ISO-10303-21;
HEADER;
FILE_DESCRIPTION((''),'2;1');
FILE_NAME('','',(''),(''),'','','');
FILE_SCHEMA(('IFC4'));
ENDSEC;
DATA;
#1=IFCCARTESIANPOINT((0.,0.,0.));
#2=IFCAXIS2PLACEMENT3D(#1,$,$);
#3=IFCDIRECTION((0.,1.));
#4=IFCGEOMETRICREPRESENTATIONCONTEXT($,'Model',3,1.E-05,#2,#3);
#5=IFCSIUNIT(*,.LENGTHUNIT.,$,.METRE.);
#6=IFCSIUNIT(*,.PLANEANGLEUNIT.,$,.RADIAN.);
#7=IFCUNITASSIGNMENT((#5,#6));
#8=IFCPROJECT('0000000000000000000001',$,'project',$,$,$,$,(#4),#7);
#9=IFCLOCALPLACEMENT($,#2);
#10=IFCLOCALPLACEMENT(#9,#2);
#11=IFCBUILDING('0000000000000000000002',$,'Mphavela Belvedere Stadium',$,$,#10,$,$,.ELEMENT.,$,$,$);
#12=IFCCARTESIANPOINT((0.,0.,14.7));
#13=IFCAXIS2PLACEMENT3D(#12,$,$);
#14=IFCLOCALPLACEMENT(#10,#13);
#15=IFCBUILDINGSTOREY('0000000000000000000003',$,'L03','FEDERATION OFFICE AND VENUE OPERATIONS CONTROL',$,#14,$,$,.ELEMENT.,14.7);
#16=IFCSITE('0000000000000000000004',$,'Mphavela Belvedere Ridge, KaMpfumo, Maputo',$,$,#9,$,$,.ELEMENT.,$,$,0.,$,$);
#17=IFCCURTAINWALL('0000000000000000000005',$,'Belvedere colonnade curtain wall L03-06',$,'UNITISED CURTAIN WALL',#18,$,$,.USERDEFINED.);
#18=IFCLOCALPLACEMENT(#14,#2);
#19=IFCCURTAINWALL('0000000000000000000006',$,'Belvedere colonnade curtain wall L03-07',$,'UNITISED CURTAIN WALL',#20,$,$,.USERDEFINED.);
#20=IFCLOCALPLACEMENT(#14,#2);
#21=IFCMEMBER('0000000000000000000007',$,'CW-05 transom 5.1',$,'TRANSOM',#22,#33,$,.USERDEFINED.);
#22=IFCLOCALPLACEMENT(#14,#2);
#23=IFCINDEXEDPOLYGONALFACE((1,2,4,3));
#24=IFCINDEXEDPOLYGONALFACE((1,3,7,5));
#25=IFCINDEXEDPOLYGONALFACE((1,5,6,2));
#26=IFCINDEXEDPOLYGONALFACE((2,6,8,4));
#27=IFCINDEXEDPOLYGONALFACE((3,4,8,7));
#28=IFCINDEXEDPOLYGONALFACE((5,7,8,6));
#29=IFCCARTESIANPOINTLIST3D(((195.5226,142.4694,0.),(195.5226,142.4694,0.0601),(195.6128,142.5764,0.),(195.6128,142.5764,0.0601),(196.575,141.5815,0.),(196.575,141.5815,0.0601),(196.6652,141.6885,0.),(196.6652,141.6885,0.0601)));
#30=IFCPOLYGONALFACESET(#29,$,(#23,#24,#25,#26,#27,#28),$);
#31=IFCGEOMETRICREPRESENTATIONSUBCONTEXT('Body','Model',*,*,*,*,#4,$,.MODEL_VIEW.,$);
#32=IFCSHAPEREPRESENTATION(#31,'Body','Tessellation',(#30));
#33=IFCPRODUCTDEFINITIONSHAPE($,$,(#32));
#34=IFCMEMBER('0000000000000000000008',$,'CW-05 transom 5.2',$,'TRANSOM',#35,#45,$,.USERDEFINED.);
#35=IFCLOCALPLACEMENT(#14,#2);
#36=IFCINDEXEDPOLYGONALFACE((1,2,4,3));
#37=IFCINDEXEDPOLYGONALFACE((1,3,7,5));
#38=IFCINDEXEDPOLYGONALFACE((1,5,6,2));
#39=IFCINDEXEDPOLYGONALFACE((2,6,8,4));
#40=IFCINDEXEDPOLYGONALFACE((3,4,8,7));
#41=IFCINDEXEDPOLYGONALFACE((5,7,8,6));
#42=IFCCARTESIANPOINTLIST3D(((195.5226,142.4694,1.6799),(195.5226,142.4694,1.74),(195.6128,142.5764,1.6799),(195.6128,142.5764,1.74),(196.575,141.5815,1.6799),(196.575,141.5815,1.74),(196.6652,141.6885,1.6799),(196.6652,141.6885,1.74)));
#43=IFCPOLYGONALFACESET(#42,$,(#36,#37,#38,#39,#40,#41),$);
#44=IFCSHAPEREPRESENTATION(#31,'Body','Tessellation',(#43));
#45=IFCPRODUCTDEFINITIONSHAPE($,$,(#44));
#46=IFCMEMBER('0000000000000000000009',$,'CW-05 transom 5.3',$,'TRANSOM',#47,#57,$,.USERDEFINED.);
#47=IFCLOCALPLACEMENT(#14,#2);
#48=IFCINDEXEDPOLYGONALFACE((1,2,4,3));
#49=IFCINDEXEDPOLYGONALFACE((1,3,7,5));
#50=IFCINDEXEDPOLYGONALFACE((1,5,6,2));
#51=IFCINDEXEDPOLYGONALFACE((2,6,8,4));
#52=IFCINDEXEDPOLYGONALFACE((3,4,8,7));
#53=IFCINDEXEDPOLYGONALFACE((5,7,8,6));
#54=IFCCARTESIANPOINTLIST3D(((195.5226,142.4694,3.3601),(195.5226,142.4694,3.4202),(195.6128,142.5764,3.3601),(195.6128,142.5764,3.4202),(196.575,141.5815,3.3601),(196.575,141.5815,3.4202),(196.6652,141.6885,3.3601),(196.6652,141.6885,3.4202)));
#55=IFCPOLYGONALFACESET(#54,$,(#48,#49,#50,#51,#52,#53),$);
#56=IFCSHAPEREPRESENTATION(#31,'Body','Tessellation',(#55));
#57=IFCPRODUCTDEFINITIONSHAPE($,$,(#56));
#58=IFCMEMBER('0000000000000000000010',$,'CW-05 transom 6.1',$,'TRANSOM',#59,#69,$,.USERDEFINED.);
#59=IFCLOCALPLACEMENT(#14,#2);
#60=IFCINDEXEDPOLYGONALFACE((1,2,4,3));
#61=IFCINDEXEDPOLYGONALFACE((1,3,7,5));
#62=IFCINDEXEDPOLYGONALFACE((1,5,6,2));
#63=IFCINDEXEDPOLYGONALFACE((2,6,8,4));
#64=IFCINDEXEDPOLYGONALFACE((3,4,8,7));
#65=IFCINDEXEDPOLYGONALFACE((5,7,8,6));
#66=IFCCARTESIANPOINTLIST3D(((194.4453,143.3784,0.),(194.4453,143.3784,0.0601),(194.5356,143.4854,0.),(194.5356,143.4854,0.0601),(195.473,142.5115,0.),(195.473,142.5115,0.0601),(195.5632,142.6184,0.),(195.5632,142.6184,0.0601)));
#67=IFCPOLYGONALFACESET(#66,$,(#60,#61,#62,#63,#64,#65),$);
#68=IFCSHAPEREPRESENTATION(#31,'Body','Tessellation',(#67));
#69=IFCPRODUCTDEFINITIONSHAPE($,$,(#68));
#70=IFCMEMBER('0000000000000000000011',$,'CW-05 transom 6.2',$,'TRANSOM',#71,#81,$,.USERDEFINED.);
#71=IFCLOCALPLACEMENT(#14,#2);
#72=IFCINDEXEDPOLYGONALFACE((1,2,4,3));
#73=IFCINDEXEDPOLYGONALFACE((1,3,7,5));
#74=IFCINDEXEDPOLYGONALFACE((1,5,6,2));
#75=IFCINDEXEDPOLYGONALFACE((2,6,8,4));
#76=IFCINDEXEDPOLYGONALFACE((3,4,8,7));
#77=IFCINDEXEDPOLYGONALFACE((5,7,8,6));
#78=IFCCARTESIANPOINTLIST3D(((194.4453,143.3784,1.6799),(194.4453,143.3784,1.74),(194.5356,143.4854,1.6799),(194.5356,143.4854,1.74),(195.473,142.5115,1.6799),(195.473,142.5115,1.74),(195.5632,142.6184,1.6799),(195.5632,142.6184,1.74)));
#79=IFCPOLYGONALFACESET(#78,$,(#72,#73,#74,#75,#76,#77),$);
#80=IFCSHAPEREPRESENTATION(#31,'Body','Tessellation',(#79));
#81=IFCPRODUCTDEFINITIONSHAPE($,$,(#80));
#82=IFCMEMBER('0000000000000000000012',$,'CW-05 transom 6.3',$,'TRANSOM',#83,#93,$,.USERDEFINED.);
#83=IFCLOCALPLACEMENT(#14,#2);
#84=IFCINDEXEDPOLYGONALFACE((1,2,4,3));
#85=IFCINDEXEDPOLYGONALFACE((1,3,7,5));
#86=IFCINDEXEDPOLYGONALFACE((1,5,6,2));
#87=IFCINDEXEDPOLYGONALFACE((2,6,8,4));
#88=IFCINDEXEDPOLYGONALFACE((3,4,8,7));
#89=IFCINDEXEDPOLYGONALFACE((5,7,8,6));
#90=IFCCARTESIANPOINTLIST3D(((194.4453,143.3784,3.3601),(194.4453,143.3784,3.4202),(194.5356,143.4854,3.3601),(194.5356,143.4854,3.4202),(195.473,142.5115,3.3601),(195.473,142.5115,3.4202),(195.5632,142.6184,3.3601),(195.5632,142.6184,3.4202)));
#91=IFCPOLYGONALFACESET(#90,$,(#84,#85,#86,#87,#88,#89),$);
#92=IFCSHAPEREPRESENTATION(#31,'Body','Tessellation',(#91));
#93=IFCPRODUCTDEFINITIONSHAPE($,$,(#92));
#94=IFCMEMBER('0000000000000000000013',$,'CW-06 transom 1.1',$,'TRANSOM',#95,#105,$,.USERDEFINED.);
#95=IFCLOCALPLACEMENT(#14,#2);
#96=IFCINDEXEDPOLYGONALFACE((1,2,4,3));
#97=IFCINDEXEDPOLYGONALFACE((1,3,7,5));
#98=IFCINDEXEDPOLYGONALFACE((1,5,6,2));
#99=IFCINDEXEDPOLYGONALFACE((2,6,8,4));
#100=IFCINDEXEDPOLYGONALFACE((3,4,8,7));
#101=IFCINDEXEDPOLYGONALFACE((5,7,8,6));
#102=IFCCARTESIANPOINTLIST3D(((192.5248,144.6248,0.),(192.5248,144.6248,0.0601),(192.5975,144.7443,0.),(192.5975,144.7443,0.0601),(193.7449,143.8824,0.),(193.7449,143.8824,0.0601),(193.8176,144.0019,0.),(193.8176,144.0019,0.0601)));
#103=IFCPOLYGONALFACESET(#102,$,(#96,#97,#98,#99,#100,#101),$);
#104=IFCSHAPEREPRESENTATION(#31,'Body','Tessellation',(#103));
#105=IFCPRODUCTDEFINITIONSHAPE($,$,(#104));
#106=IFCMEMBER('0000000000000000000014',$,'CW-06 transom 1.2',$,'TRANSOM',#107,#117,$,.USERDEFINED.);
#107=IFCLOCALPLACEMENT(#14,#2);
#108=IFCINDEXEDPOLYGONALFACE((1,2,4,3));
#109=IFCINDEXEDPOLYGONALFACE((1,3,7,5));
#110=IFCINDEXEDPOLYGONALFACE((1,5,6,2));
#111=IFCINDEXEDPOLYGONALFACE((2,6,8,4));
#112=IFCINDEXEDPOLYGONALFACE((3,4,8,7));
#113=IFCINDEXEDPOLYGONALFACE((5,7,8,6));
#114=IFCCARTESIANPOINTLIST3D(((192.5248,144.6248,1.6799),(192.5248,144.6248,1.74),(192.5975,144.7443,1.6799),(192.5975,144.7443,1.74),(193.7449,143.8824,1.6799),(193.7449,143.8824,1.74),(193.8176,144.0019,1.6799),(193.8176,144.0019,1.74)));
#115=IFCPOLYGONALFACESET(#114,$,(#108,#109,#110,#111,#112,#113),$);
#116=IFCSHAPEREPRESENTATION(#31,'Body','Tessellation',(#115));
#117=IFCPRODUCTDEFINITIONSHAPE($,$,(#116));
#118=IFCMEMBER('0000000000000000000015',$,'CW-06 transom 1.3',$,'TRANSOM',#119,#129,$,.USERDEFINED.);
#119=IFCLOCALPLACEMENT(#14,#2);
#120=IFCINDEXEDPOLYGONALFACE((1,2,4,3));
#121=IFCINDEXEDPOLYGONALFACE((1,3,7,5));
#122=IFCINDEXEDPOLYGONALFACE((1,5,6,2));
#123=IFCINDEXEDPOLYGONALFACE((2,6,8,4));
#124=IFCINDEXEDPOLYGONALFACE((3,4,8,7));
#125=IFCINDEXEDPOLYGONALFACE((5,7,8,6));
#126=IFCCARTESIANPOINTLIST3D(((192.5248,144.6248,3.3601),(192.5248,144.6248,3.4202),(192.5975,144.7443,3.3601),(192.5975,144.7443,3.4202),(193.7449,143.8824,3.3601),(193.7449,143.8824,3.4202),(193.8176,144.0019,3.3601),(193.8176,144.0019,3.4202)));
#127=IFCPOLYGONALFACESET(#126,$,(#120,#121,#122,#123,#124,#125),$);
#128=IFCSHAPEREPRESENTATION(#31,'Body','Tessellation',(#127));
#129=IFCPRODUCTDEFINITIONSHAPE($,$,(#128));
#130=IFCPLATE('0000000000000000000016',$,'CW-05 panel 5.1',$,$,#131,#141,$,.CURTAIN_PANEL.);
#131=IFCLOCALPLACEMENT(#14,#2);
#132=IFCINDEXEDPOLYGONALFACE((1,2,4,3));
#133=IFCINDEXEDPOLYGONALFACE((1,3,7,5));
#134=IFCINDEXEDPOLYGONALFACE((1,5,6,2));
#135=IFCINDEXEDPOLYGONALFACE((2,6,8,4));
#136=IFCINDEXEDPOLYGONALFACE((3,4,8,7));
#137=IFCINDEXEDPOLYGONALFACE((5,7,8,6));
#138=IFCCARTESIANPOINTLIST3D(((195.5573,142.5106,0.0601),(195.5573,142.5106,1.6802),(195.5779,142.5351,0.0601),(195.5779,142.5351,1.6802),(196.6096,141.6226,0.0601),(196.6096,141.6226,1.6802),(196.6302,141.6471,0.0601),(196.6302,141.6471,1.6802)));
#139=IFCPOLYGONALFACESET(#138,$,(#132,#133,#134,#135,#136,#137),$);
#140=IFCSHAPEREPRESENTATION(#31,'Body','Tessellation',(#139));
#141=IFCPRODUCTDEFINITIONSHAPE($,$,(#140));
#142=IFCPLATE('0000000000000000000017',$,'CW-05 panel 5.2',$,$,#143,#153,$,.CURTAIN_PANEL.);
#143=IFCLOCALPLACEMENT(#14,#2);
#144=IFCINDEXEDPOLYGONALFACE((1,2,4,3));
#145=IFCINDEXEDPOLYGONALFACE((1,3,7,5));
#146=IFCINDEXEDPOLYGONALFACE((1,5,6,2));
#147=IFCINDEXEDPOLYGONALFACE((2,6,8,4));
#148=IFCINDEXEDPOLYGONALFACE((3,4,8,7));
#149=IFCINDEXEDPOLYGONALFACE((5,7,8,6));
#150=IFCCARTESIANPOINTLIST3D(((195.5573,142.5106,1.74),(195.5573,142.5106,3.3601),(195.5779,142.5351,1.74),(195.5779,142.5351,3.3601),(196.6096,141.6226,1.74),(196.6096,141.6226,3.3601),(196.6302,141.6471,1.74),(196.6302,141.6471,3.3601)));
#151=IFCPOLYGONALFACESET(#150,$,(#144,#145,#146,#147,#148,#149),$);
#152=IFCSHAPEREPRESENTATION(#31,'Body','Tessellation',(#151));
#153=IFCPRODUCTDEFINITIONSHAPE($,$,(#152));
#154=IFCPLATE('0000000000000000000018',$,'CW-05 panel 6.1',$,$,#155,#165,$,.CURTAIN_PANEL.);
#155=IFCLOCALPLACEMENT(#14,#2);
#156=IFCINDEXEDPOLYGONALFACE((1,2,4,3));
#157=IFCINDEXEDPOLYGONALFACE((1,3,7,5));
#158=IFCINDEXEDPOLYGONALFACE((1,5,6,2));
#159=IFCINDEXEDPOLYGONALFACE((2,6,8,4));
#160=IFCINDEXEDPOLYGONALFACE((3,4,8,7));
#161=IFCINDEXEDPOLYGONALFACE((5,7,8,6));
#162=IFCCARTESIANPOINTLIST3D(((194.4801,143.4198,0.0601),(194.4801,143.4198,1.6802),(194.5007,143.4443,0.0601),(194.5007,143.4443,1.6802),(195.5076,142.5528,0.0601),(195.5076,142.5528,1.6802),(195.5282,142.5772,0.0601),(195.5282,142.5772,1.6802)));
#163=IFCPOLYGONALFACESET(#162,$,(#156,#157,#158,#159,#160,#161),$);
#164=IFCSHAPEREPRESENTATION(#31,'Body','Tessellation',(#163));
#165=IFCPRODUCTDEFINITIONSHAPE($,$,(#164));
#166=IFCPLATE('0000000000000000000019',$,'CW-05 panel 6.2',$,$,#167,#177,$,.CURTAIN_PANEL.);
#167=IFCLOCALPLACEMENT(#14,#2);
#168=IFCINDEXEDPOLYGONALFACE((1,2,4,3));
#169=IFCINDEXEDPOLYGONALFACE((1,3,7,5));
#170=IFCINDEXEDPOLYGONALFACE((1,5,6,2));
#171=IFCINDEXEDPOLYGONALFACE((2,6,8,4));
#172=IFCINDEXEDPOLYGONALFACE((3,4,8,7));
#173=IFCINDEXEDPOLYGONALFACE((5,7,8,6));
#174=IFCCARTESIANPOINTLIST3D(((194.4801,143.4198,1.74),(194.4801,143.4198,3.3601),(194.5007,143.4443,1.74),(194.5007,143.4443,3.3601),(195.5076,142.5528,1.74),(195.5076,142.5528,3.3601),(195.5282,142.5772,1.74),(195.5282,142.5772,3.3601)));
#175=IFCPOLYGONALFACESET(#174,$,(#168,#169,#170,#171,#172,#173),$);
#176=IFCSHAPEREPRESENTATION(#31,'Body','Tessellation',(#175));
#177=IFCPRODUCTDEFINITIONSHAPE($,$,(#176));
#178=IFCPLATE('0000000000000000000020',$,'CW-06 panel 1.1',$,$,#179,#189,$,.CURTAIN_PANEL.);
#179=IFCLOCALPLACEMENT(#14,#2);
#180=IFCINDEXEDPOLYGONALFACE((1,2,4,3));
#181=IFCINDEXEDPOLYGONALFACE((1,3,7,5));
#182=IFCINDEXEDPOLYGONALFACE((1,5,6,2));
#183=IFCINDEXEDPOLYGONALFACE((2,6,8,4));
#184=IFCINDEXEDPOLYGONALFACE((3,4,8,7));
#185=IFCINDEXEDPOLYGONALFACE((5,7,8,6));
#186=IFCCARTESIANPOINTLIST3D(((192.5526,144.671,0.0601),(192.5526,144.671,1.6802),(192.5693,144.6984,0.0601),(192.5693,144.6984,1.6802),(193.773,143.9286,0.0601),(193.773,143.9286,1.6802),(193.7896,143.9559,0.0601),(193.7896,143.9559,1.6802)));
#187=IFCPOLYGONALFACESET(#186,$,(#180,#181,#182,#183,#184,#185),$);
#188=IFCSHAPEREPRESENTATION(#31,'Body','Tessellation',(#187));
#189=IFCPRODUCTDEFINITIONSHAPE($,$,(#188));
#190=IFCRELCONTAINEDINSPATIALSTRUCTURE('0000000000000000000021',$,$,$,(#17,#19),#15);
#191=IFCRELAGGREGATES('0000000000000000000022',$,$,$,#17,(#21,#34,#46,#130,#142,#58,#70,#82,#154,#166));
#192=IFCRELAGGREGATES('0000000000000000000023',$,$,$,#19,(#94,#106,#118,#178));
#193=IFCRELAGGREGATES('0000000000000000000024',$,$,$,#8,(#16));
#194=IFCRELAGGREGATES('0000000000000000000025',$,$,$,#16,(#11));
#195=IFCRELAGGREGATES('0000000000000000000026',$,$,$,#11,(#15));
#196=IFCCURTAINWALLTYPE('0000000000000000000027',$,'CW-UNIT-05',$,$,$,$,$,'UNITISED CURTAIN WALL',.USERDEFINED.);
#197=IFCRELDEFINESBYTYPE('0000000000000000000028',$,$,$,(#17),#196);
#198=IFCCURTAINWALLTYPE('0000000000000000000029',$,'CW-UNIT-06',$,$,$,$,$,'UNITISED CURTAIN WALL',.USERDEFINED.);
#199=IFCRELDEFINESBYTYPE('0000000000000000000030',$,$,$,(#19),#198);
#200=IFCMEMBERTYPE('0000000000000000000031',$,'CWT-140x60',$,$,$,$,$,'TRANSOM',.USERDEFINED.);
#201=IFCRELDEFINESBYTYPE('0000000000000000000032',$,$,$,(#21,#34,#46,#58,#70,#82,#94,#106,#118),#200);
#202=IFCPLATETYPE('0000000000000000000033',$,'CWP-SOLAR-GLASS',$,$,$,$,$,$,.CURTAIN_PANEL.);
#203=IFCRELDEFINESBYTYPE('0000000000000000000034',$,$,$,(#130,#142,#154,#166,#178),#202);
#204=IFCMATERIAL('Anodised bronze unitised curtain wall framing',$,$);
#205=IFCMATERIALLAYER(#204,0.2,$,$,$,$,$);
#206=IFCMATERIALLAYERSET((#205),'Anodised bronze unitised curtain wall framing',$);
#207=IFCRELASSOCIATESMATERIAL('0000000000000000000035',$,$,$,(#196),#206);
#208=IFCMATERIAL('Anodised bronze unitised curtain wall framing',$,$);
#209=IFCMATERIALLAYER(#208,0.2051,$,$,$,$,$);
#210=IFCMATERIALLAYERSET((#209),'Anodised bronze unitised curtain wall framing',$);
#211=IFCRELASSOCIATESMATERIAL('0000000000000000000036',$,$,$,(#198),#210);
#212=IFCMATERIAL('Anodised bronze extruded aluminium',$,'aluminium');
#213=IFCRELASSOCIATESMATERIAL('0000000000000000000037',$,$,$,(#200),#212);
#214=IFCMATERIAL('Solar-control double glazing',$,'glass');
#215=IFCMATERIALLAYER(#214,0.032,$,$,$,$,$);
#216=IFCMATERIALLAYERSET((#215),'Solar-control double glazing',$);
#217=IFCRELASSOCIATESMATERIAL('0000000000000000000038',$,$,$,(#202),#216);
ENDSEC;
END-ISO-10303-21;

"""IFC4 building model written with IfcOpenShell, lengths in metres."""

from ifc_helpers import new_model, si_unit, direction, frame, origin, origin_2d, place, context, subcontext, project, spatial, rectangle, extrude, material, layer, layer_set, material_profile, profile_set, type_object, element, aggregate, save


model = new_model("IFC4")

# Units and contexts
model_context = context("Model", 3, precision=1e-05, world=origin(), true_north=direction((0.0, 1.0)))
body_context = subcontext(model_context, "Body", "Model", "MODEL_VIEW")
ifc_project = project(units=[si_unit("LENGTHUNIT", "METRE"), si_unit("PLANEANGLEUNIT", "RADIAN")], contexts=[model_context])

# Site, building, storey
site_placement = place(None, origin())
site = spatial("IfcSite", under=ifc_project, at=site_placement, Name="Mphavela Belvedere Ridge, KaMpfumo, Maputo", CompositionType="ELEMENT", RefElevation=0.0)
building_placement = place(site_placement, origin())
building = spatial("IfcBuilding", under=site, at=building_placement, Name="Mphavela Belvedere Stadium", CompositionType="ELEMENT")
storey_placement = place(building_placement, frame((0.0, 0.0, 14.7)))
storey = spatial("IfcBuildingStorey", under=building, at=storey_placement, Name="L03", Description="FEDERATION OFFICE AND VENUE OPERATIONS CONTROL", CompositionType="ELEMENT", Elevation=14.7)

# Curtain walls
ifc_material_1 = material(Name="Anodised bronze unitised curtain wall framing")
ifc_layer_1 = layer(ifc_material_1, 0.2)
ifc_layer_set_1 = layer_set([ifc_layer_1], Name="Anodised bronze unitised curtain wall framing")
curtain_wall_type_1 = type_object("IfcCurtainWallType", Name="CW-UNIT-05", ElementType="UNITISED CURTAIN WALL", PredefinedType="USERDEFINED", material=ifc_layer_set_1)
curtain_wall_1_placement = place(storey_placement, origin())
curtain_wall_1 = element("IfcCurtainWall", 1, at=curtain_wall_1_placement, inside=storey, type_object=curtain_wall_type_1, Name="Belvedere colonnade curtain wall L03-06", ObjectType="UNITISED CURTAIN WALL", PredefinedType="USERDEFINED")
ifc_material_2 = material(Name="Anodised bronze unitised curtain wall framing")
ifc_layer_2 = layer(ifc_material_2, 0.2051)
ifc_layer_set_2 = layer_set([ifc_layer_2], Name="Anodised bronze unitised curtain wall framing")
curtain_wall_type_2 = type_object("IfcCurtainWallType", Name="CW-UNIT-06", ElementType="UNITISED CURTAIN WALL", PredefinedType="USERDEFINED", material=ifc_layer_set_2)
curtain_wall_2_placement = place(storey_placement, origin())
curtain_wall_2 = element("IfcCurtainWall", 2, at=curtain_wall_2_placement, inside=storey, type_object=curtain_wall_type_2, Name="Belvedere colonnade curtain wall L03-07", ObjectType="UNITISED CURTAIN WALL", PredefinedType="USERDEFINED")

# Members
ifc_material_3 = material(Name="Anodised bronze extruded aluminium", Category="aluminium")
ifc_material_profile_1 = material_profile(ifc_material_3, rectangle(XDim=0.1399, YDim=0.0601, at=origin_2d()), Name="CW-TRN 140x60")
ifc_profile_set_1 = profile_set([ifc_material_profile_1], Name="Anodised bronze extruded aluminium")
member_type_1 = type_object("IfcMemberType", Name="CWT-140x60", ElementType="TRANSOM", PredefinedType="USERDEFINED", material=ifc_profile_set_1)
member_1_placement = place(storey_placement, frame((196.6201, 141.635, 0.03), z_axis=(-0.764327, 0.644829, 0.0), x_axis=(-0.644829, -0.764327, 0.0)))
member_1 = element("IfcMember", 3, at=member_1_placement, type_object=member_type_1, Name="CW-05 transom 5.1", ObjectType="TRANSOM", PredefinedType="USERDEFINED", context=body_context, shape_type="SweptSolid", body=[
    extrude(rectangle(XDim=0.1399, YDim=0.0601, at=origin_2d()), origin(), (0.0, 0.0, 1.0), 1.377),
])
member_2_placement = place(storey_placement, frame((196.6201, 141.635, 1.71), z_axis=(-0.764327, 0.644829, 0.0), x_axis=(-0.644829, -0.764327, 0.0)))
member_2 = element("IfcMember", 4, at=member_2_placement, type_object=member_type_1, Name="CW-05 transom 5.2", ObjectType="TRANSOM", PredefinedType="USERDEFINED", context=body_context, shape_type="SweptSolid", body=[
    extrude(rectangle(XDim=0.1399, YDim=0.0601, at=origin_2d()), origin(), (0.0, 0.0, 1.0), 1.377),
])
member_3_placement = place(storey_placement, frame((196.6201, 141.635, 3.3901), z_axis=(-0.764327, 0.644829, 0.0), x_axis=(-0.644829, -0.764327, 0.0)))
member_3 = element("IfcMember", 5, at=member_3_placement, type_object=member_type_1, Name="CW-05 transom 5.3", ObjectType="TRANSOM", PredefinedType="USERDEFINED", context=body_context, shape_type="SweptSolid", body=[
    extrude(rectangle(XDim=0.1399, YDim=0.0601, at=origin_2d()), origin(), (0.0, 0.0, 1.0), 1.377),
])
member_4_placement = place(storey_placement, frame((195.5181, 142.5649, 0.03), z_axis=(-0.764322, 0.644834, 0.0), x_axis=(-0.644834, -0.764322, 0.0)))
member_4 = element("IfcMember", 6, at=member_4_placement, type_object=member_type_1, Name="CW-05 transom 6.1", ObjectType="TRANSOM", PredefinedType="USERDEFINED", context=body_context, shape_type="SweptSolid", body=[
    extrude(rectangle(XDim=0.1399, YDim=0.0601, at=origin_2d()), origin(), (0.0, 0.0, 1.0), 1.3445),
])
member_5_placement = place(storey_placement, frame((195.5181, 142.5649, 1.71), z_axis=(-0.764322, 0.644834, 0.0), x_axis=(-0.644834, -0.764322, 0.0)))
member_5 = element("IfcMember", 7, at=member_5_placement, type_object=member_type_1, Name="CW-05 transom 6.2", ObjectType="TRANSOM", PredefinedType="USERDEFINED", context=body_context, shape_type="SweptSolid", body=[
    extrude(rectangle(XDim=0.1399, YDim=0.0601, at=origin_2d()), origin(), (0.0, 0.0, 1.0), 1.3445),
])
member_6_placement = place(storey_placement, frame((195.5181, 142.5649, 3.3901), z_axis=(-0.764322, 0.644834, 0.0), x_axis=(-0.644834, -0.764322, 0.0)))
member_6 = element("IfcMember", 8, at=member_6_placement, type_object=member_type_1, Name="CW-05 transom 6.3", ObjectType="TRANSOM", PredefinedType="USERDEFINED", context=body_context, shape_type="SweptSolid", body=[
    extrude(rectangle(XDim=0.1399, YDim=0.0601, at=origin_2d()), origin(), (0.0, 0.0, 1.0), 1.3445),
])
member_7_placement = place(storey_placement, frame((193.7812, 143.9421, 0.03), z_axis=(-0.854294, 0.51979, 0.0), x_axis=(-0.51979, -0.854294, 0.0)))
member_7 = element("IfcMember", 9, at=member_7_placement, type_object=member_type_1, Name="CW-06 transom 1.1", ObjectType="TRANSOM", PredefinedType="USERDEFINED", context=body_context, shape_type="SweptSolid", body=[
    extrude(rectangle(XDim=0.1399, YDim=0.0601, at=origin_2d()), origin(), (0.0, 0.0, 1.0), 1.4282),
])
member_8_placement = place(storey_placement, frame((193.7812, 143.9421, 1.71), z_axis=(-0.854294, 0.51979, 0.0), x_axis=(-0.51979, -0.854294, 0.0)))
member_8 = element("IfcMember", 10, at=member_8_placement, type_object=member_type_1, Name="CW-06 transom 1.2", ObjectType="TRANSOM", PredefinedType="USERDEFINED", context=body_context, shape_type="SweptSolid", body=[
    extrude(rectangle(XDim=0.1399, YDim=0.0601, at=origin_2d()), origin(), (0.0, 0.0, 1.0), 1.4282),
])
member_9_placement = place(storey_placement, frame((193.7812, 143.9421, 3.3901), z_axis=(-0.854294, 0.51979, 0.0), x_axis=(-0.51979, -0.854294, 0.0)))
member_9 = element("IfcMember", 11, at=member_9_placement, type_object=member_type_1, Name="CW-06 transom 1.3", ObjectType="TRANSOM", PredefinedType="USERDEFINED", context=body_context, shape_type="SweptSolid", body=[
    extrude(rectangle(XDim=0.1399, YDim=0.0601, at=origin_2d()), origin(), (0.0, 0.0, 1.0), 1.4282),
])

# Plates
ifc_material_4 = material(Name="Solar-control double glazing", Category="glass")
ifc_layer_3 = layer(ifc_material_4, 0.032)
ifc_layer_set_3 = layer_set([ifc_layer_3], Name="Solar-control double glazing")
plate_type = type_object("IfcPlateType", Name="CWP-SOLAR-GLASS", PredefinedType="CURTAIN_PANEL", material=ifc_layer_set_3)
plate_1_placement = place(storey_placement, frame((196.0938, 142.0789, 0.0601), z_axis=(0.0, 0.0, 1.0), x_axis=(-0.764263, 0.644905, 0.0)))
plate_1 = element("IfcPlate", 12, at=plate_1_placement, type_object=plate_type, Name="CW-05 panel 5.1", PredefinedType="CURTAIN_PANEL", context=body_context, shape_type="SweptSolid", body=[
    extrude(rectangle(XDim=1.377, YDim=0.032, at=origin_2d()), origin(), (0.0, 0.0, 1.0), 1.6201),
])
plate_2_placement = place(storey_placement, frame((196.0938, 142.0789, 1.74), z_axis=(0.0, 0.0, 1.0), x_axis=(-0.764263, 0.644905, 0.0)))
plate_2 = element("IfcPlate", 13, at=plate_2_placement, type_object=plate_type, Name="CW-05 panel 5.2", PredefinedType="CURTAIN_PANEL", context=body_context, shape_type="SweptSolid", body=[
    extrude(rectangle(XDim=1.377, YDim=0.032, at=origin_2d()), origin(), (0.0, 0.0, 1.0), 1.6201),
])
plate_3_placement = place(storey_placement, frame((195.0042, 142.9985, 0.0601), z_axis=(0.0, 0.0, 1.0), x_axis=(-0.764263, 0.644905, 0.0)))
plate_3 = element("IfcPlate", 14, at=plate_3_placement, type_object=plate_type, Name="CW-05 panel 6.1", PredefinedType="CURTAIN_PANEL", context=body_context, shape_type="SweptSolid", body=[
    extrude(rectangle(XDim=1.3445, YDim=0.032, at=origin_2d()), origin(), (0.0, 0.0, 1.0), 1.6201),
])
plate_4_placement = place(storey_placement, frame((195.0042, 142.9985, 1.74), z_axis=(0.0, 0.0, 1.0), x_axis=(-0.764263, 0.644905, 0.0)))
plate_4 = element("IfcPlate", 15, at=plate_4_placement, type_object=plate_type, Name="CW-05 panel 6.2", PredefinedType="CURTAIN_PANEL", context=body_context, shape_type="SweptSolid", body=[
    extrude(rectangle(XDim=1.3445, YDim=0.032, at=origin_2d()), origin(), (0.0, 0.0, 1.0), 1.6201),
])
aggregate(curtain_wall_1, [member_1, member_2, member_3, plate_1, plate_2, member_4, member_5, member_6, plate_3, plate_4])
plate_5_placement = place(storey_placement, frame((193.1711, 144.3135, 0.0601), z_axis=(0.0, 0.0, 1.0), x_axis=(-0.854325, 0.519738, 0.0)))
plate_5 = element("IfcPlate", 16, at=plate_5_placement, type_object=plate_type, Name="CW-06 panel 1.1", PredefinedType="CURTAIN_PANEL", context=body_context, shape_type="SweptSolid", body=[
    extrude(rectangle(XDim=1.4285, YDim=0.032, at=origin_2d()), origin(), (0.0, 0.0, 1.0), 1.6201),
])
aggregate(curtain_wall_2, [member_7, member_8, member_9, plate_5])

save(model, "model.ifc")
